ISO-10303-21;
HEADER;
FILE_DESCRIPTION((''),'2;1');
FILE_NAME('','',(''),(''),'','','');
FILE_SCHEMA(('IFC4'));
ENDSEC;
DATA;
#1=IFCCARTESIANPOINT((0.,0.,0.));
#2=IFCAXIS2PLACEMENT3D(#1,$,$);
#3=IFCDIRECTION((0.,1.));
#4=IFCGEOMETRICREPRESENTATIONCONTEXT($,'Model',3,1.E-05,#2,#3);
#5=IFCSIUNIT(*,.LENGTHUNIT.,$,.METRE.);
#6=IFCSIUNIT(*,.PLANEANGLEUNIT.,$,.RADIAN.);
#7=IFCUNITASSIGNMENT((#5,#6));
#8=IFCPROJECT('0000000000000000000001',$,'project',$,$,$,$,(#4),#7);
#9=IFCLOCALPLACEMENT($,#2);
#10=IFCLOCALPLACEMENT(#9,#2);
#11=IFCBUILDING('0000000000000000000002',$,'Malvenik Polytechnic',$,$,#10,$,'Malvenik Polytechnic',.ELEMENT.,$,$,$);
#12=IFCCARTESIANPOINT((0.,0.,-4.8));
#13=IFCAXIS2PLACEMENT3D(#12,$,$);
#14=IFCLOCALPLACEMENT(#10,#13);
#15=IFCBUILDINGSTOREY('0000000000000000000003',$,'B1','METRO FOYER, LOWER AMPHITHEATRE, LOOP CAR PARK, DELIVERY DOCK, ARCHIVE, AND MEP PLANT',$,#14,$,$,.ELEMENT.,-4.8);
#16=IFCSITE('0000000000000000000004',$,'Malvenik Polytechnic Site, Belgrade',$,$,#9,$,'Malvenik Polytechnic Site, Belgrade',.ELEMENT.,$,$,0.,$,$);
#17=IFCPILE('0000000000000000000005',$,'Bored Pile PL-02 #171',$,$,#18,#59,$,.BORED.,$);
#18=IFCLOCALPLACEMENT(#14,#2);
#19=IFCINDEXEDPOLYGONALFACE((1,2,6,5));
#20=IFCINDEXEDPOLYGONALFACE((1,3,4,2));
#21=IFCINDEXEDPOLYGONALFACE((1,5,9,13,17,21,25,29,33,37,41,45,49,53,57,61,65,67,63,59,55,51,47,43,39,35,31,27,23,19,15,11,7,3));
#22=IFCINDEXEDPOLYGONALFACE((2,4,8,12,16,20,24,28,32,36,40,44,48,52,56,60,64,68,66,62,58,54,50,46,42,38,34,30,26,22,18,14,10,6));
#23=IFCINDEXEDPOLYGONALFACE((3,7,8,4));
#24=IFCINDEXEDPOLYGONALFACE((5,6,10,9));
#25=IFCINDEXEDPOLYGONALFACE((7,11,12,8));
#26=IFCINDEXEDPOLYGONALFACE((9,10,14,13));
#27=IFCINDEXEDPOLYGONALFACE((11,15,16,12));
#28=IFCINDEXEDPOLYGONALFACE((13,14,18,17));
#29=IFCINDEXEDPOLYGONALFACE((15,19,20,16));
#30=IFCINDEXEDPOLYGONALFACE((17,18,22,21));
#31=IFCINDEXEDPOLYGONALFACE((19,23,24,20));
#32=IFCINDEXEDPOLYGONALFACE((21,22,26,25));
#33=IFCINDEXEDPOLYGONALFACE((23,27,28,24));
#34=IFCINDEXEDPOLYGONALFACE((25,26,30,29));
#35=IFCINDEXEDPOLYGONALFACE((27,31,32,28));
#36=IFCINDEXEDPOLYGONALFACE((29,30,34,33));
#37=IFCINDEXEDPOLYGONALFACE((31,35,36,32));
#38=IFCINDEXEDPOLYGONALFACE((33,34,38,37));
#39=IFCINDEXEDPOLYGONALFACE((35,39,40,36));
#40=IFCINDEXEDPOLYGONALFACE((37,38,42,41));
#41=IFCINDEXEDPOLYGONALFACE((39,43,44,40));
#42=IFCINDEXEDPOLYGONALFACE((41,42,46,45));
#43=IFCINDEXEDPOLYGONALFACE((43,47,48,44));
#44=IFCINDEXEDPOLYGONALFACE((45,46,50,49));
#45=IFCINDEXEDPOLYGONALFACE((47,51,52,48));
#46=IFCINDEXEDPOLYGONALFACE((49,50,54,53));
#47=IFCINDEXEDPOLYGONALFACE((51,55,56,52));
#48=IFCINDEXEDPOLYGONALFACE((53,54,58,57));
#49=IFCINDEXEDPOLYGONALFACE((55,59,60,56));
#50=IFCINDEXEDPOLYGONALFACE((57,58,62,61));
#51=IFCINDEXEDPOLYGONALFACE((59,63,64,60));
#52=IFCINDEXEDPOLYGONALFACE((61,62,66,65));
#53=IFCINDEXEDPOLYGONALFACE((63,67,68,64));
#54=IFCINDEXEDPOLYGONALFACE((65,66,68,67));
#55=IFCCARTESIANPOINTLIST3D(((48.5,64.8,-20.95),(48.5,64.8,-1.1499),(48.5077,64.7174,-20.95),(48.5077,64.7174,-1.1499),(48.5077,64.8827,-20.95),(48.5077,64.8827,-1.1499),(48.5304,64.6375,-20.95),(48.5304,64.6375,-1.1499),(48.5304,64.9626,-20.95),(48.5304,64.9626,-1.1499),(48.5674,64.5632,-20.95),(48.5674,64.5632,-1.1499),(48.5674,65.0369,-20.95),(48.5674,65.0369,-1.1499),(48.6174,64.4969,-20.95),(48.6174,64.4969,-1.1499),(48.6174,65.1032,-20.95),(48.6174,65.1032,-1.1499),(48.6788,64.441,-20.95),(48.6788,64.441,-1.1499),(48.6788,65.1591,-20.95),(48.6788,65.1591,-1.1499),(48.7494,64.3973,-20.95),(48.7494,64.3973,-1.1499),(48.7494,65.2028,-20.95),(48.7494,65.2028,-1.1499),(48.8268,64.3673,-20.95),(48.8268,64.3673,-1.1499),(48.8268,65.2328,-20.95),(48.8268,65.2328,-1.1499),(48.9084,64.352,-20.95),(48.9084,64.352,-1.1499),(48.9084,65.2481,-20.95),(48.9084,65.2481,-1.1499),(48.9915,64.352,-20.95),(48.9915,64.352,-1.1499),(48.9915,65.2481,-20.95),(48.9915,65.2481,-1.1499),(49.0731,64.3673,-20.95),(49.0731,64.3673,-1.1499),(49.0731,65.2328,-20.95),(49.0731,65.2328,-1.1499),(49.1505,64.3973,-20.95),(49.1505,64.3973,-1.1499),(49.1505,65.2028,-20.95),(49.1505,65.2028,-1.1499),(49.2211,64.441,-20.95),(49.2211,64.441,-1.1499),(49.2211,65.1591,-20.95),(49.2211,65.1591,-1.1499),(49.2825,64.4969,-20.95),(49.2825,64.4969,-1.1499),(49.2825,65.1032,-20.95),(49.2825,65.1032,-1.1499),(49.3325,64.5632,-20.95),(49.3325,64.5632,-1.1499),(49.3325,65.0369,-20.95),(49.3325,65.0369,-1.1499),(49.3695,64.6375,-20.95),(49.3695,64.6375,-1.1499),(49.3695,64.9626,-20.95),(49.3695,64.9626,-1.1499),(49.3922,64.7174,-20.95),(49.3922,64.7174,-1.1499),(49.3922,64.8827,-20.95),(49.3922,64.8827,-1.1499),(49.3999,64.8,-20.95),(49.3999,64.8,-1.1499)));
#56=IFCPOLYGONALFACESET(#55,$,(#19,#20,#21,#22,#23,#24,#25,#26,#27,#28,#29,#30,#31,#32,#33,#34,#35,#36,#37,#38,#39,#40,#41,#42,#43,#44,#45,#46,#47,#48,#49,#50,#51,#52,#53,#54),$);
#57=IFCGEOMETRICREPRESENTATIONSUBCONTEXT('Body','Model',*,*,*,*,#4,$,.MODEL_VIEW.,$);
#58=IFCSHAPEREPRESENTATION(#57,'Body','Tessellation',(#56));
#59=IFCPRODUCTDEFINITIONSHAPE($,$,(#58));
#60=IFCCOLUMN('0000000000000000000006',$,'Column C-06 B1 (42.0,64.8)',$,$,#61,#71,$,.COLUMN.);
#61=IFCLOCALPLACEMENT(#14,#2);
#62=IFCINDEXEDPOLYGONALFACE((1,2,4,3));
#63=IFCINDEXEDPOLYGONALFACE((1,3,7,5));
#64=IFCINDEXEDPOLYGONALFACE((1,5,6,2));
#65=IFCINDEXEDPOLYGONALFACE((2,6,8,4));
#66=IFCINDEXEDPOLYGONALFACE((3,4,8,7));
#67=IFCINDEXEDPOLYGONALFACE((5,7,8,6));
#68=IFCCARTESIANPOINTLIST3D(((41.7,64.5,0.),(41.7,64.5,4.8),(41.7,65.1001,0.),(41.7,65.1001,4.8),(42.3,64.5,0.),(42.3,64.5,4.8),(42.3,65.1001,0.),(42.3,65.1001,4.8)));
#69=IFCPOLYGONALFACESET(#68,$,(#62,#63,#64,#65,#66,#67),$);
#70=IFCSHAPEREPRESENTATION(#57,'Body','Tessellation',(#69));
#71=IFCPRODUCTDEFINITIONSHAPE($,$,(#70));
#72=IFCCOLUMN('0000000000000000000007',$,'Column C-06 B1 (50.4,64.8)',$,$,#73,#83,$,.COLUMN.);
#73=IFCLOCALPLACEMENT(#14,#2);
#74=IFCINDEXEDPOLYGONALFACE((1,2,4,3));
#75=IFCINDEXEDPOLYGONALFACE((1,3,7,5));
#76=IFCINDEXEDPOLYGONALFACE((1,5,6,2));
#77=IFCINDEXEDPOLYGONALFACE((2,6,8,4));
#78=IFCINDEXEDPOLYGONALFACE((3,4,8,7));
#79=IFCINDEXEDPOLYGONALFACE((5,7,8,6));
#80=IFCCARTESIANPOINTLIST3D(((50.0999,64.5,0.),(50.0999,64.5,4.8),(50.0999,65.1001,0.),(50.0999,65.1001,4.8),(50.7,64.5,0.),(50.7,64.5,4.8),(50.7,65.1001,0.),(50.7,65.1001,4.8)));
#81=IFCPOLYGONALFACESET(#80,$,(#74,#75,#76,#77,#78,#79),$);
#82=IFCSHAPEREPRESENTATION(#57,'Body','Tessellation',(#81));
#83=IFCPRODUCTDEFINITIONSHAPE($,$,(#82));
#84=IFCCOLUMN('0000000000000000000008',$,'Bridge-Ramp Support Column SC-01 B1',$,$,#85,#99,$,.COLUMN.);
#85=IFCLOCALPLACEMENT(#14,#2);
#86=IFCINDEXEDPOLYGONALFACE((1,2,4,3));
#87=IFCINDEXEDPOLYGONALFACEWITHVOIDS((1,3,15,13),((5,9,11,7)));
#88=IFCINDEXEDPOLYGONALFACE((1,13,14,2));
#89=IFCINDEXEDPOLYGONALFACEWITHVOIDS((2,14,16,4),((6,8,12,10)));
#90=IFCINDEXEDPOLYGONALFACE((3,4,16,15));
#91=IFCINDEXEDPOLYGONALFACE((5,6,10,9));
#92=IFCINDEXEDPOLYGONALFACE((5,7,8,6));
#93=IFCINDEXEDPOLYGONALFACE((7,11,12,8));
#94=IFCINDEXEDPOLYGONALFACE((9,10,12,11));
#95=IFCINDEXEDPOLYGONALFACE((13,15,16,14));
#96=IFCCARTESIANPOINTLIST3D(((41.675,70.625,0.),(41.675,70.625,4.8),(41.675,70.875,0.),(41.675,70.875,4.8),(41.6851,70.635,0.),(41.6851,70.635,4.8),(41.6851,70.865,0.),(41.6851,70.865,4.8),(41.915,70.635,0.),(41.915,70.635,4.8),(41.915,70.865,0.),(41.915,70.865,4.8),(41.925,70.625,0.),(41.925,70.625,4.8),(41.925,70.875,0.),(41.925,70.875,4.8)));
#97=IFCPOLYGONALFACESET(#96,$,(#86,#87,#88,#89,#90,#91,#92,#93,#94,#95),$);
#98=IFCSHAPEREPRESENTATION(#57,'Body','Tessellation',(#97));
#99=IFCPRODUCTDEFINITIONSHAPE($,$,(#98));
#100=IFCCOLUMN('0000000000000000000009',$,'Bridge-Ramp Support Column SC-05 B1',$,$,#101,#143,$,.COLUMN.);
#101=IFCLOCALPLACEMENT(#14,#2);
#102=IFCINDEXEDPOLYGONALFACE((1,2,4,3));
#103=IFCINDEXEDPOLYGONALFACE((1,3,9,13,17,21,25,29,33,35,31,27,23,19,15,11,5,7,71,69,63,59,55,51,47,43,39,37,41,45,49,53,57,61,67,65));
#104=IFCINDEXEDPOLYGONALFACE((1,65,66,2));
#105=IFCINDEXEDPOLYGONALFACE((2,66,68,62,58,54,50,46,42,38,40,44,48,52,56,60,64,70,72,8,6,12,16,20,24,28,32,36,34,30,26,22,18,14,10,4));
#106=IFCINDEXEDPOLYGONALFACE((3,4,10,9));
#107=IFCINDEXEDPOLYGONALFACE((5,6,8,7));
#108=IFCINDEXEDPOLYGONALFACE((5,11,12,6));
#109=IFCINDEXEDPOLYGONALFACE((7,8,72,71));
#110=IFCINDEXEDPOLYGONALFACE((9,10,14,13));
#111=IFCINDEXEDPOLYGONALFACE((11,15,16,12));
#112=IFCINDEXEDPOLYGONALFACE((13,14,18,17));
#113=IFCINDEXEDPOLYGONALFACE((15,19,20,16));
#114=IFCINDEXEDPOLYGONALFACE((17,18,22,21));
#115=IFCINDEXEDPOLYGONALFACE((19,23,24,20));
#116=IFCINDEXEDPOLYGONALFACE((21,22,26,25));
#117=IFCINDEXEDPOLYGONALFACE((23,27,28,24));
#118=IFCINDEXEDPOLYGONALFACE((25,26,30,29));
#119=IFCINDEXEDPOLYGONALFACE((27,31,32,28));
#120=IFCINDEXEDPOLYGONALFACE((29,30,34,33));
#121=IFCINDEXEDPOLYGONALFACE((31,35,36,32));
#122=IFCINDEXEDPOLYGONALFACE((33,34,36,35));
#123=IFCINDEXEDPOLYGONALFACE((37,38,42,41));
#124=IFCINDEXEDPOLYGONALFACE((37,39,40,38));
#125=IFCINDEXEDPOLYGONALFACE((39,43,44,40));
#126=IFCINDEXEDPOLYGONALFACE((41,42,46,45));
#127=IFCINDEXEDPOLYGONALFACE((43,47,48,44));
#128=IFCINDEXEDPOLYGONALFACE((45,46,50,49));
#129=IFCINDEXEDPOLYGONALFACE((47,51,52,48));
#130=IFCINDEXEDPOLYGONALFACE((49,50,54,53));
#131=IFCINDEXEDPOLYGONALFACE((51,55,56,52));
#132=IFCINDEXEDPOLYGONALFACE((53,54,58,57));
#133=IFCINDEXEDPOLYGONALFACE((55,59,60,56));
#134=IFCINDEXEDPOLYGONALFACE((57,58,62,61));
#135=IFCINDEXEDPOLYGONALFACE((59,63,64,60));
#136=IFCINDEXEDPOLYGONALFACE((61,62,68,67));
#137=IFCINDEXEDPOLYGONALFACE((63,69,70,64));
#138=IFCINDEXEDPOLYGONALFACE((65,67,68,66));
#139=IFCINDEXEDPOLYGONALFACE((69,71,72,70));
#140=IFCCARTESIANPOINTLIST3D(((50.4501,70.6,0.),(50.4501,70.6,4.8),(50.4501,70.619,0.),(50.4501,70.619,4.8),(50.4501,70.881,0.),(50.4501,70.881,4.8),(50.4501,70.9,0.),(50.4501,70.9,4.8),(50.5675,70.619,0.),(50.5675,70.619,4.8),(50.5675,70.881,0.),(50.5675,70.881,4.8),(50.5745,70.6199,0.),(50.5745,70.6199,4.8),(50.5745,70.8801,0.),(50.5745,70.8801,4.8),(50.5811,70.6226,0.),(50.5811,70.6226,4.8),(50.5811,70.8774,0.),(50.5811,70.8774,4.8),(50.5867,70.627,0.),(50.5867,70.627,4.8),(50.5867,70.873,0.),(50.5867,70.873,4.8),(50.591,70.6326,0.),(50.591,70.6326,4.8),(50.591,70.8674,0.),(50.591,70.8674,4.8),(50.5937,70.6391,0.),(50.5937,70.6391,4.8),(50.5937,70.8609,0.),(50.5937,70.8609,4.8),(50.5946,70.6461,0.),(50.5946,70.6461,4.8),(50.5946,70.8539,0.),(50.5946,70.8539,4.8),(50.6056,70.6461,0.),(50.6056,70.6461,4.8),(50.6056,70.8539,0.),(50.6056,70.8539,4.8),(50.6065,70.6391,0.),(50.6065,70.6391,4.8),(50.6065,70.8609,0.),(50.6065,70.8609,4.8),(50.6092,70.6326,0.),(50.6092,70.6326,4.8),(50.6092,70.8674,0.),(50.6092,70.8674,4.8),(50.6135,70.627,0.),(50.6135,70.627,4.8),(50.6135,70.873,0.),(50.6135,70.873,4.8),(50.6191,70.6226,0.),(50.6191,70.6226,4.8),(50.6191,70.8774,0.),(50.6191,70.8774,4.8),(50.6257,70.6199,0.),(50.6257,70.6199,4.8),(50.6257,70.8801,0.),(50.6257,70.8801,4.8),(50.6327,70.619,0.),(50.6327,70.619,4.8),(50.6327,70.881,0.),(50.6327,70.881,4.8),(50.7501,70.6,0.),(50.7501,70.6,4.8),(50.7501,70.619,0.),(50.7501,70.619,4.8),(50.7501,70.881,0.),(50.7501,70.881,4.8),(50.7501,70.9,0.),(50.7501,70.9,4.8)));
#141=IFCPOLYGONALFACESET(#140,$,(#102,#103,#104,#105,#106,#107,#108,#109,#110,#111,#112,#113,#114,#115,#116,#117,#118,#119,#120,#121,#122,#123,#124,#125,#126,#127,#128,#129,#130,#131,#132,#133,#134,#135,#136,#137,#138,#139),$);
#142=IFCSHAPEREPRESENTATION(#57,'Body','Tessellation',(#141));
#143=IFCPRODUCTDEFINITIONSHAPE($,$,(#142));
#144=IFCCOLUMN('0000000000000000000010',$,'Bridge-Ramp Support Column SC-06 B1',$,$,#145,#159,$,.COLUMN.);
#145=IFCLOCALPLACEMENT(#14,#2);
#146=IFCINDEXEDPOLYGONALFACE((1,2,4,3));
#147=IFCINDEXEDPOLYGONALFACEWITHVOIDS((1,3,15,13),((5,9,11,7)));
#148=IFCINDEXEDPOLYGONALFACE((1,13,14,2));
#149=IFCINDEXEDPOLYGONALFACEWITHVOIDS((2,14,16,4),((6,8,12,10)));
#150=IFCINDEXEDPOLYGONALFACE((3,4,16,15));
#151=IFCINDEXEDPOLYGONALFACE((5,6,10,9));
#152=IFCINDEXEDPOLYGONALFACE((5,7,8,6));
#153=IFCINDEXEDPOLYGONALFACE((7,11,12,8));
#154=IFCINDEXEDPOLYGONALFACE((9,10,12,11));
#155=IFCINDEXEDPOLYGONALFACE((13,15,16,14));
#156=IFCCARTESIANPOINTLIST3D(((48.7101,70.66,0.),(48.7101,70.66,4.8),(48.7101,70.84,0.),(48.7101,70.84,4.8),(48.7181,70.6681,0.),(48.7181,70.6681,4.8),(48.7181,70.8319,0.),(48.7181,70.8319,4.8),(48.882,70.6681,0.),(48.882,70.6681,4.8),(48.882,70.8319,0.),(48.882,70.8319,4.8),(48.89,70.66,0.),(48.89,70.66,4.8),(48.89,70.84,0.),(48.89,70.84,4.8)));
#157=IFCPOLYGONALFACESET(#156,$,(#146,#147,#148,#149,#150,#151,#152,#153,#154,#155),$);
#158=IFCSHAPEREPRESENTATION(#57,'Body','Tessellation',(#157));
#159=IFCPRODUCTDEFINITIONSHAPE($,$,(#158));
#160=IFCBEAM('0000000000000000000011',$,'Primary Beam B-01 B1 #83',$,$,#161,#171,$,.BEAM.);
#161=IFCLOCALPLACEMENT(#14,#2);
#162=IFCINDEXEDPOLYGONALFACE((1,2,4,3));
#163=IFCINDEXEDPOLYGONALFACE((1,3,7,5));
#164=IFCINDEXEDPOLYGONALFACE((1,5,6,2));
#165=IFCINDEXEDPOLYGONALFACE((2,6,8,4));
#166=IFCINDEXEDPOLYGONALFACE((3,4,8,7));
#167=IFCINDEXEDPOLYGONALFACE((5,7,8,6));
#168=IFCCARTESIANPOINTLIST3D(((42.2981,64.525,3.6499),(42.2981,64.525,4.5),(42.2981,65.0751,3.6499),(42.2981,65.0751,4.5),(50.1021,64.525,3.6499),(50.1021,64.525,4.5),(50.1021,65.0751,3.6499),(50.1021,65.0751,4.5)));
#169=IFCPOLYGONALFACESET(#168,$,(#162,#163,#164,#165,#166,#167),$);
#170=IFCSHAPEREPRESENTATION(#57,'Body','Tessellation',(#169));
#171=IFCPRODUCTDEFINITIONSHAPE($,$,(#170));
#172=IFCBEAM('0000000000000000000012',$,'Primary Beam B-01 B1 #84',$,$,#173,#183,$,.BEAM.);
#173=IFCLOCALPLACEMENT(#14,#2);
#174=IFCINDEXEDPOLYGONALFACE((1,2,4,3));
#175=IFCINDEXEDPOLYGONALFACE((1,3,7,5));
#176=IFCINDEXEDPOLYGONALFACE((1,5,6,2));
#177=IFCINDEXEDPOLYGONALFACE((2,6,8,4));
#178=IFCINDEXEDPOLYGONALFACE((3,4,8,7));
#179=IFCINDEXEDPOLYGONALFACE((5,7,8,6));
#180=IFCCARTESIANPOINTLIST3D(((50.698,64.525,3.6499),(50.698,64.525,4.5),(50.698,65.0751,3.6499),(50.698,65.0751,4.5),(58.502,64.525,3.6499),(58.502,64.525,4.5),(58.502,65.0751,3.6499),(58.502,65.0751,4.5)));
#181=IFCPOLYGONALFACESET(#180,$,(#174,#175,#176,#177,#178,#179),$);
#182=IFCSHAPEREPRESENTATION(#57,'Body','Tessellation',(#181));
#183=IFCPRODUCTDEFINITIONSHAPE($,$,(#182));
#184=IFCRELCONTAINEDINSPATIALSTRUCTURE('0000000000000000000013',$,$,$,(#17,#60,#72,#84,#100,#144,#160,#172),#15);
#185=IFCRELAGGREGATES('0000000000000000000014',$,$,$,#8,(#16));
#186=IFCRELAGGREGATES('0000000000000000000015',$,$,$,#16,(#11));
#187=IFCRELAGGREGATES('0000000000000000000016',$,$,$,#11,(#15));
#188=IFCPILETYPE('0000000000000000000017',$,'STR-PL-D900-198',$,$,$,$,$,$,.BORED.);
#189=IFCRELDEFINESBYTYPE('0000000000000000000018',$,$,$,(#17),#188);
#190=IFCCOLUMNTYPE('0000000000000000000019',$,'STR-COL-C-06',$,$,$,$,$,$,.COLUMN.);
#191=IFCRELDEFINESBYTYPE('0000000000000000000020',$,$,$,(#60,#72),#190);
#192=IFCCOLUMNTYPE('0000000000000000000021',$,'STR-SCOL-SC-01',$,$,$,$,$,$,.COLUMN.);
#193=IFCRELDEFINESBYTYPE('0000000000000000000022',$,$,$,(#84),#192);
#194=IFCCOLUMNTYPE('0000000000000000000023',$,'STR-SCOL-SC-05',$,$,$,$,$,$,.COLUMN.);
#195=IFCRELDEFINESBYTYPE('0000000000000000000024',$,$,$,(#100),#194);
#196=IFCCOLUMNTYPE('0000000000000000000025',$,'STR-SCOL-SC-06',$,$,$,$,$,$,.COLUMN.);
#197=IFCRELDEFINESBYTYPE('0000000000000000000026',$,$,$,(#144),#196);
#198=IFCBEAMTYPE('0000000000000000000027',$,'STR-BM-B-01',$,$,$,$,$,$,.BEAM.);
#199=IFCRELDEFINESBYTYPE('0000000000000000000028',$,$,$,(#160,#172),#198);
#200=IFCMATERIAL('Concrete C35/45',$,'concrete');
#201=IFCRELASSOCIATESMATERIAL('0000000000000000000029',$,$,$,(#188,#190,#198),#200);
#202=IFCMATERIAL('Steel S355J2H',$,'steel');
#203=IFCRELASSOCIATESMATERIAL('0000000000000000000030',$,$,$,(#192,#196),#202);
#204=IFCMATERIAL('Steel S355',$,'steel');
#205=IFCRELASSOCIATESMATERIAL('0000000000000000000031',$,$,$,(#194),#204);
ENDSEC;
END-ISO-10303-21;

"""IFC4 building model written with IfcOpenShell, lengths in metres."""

from ifc_helpers import new_model, si_unit, direction, frame, origin, origin_2d, place, context, subcontext, project, spatial, rectangle, hollow_rectangle, circle, i_section, extrude, material, material_profile, profile_set, type_object, element, save


model = new_model("IFC4")

# Units and contexts
model_context = context("Model", 3, precision=1e-05, world=origin(), true_north=direction((0.0, 1.0)))
body_context = subcontext(model_context, "Body", "Model", "MODEL_VIEW")
ifc_project = project(units=[si_unit("LENGTHUNIT", "METRE"), si_unit("PLANEANGLEUNIT", "RADIAN")], contexts=[model_context])

# Site, building, storey
site_placement = place(None, origin())
site = spatial("IfcSite", under=ifc_project, at=site_placement, Name="Malvenik Polytechnic Site, Belgrade", LongName="Malvenik Polytechnic Site, Belgrade", CompositionType="ELEMENT", RefElevation=0.0)
building_placement = place(site_placement, origin())
building = spatial("IfcBuilding", under=site, at=building_placement, Name="Malvenik Polytechnic", LongName="Malvenik Polytechnic", CompositionType="ELEMENT")
storey_placement = place(building_placement, frame((0.0, 0.0, -4.8)))
storey = spatial("IfcBuildingStorey", under=building, at=storey_placement, Name="B1", Description="METRO FOYER, LOWER AMPHITHEATRE, LOOP CAR PARK, DELIVERY DOCK, ARCHIVE, AND MEP PLANT", CompositionType="ELEMENT", Elevation=-4.8)

# Shared definitions
ifc_material_1 = material(Name="Concrete C35/45", Category="concrete")

# Pile
ifc_material_profile_1 = material_profile(ifc_material_1, circle(Radius=0.45, at=origin_2d()), Name="BORED PILE D900")
ifc_profile_set_1 = profile_set([ifc_material_profile_1], Name="Concrete C35/45")
pile_type = type_object("IfcPileType", Name="STR-PL-D900-198", PredefinedType="BORED", material=ifc_profile_set_1)
for number, where, z_axis, x_axis, name in (
    (1, (48.95, 64.8, -1.1499), (0.0, 0.0, -1.0), (1.0, 0.0, 0.0), "Bored Pile PL-02 #171"),
):
    element("IfcPile", number, at=place(storey_placement, frame(where, z_axis=z_axis, x_axis=x_axis)), inside=storey, type_object=pile_type, Name=name, PredefinedType="BORED", context=body_context, shape_type="SweptSolid", body=[
        extrude(circle(Radius=0.45, at=origin_2d()), origin(), (0.0, 0.0, 1.0), 19.8),
    ])

# Columns
ifc_material_profile_2 = material_profile(ifc_material_1, rectangle(XDim=0.6001, YDim=0.6001, at=origin_2d()), Name="RC COL 600x600")
ifc_profile_set_2 = profile_set([ifc_material_profile_2], Name="Concrete C35/45")
column_type_1 = type_object("IfcColumnType", Name="STR-COL-C-06", PredefinedType="COLUMN", material=ifc_profile_set_2)
for number, where, z_axis, x_axis, name in (
    (2, (42.0, 64.8, 0.0), (0.0, 0.0, 1.0), (1.0, 0.0, 0.0), "Column C-06 B1 (42.0,64.8)"),
    (3, (50.3999, 64.8, 0.0), (0.0, 0.0, 1.0), (1.0, 0.0, 0.0), "Column C-06 B1 (50.4,64.8)"),
):
    element("IfcColumn", number, at=place(storey_placement, frame(where, z_axis=z_axis, x_axis=x_axis)), inside=storey, type_object=column_type_1, Name=name, PredefinedType="COLUMN", context=body_context, shape_type="SweptSolid", body=[
        extrude(rectangle(XDim=0.6001, YDim=0.6001, at=origin_2d()), origin(), (0.0, 0.0, 1.0), 4.8),
    ])
ifc_material_2 = material(Name="Steel S355J2H", Category="steel")
ifc_material_profile_3 = material_profile(ifc_material_2, hollow_rectangle(XDim=0.25, YDim=0.25, WallThickness=0.01, at=origin_2d()), Name="SHS 250x250x10.0")
ifc_profile_set_3 = profile_set([ifc_material_profile_3], Name="Steel S355J2H")
column_type_2 = type_object("IfcColumnType", Name="STR-SCOL-SC-01", PredefinedType="COLUMN", material=ifc_profile_set_3)
column_1_placement = place(storey_placement, frame((41.8, 70.75, 0.0), z_axis=(0.0, 0.0, 1.0), x_axis=(1.0, 0.0, 0.0)))
element("IfcColumn", 4, at=column_1_placement, inside=storey, type_object=column_type_2, Name="Bridge-Ramp Support Column SC-01 B1", PredefinedType="COLUMN", context=body_context, shape_type="SweptSolid", body=[
    extrude(hollow_rectangle(XDim=0.25, YDim=0.25, WallThickness=0.01, at=origin_2d()), origin(), (0.0, 0.0, 1.0), 4.8),
])
ifc_material_3 = material(Name="Steel S355", Category="steel")
ifc_material_profile_4 = material_profile(ifc_material_3, i_section(OverallWidth=0.3, OverallDepth=0.3, WebThickness=0.011, FlangeThickness=0.019, FilletRadius=0.0271, at=origin_2d()), Name="HEB 300")
ifc_profile_set_4 = profile_set([ifc_material_profile_4], Name="Steel S355")
column_type_3 = type_object("IfcColumnType", Name="STR-SCOL-SC-05", PredefinedType="COLUMN", material=ifc_profile_set_4)
column_2_placement = place(storey_placement, frame((50.6001, 70.75, 0.0), z_axis=(0.0, 0.0, 1.0), x_axis=(1.0, 0.0, 0.0)))
element("IfcColumn", 5, at=column_2_placement, inside=storey, type_object=column_type_3, Name="Bridge-Ramp Support Column SC-05 B1", PredefinedType="COLUMN", context=body_context, shape_type="SweptSolid", body=[
    extrude(i_section(OverallWidth=0.3, OverallDepth=0.3, WebThickness=0.011, FlangeThickness=0.019, FilletRadius=0.0271, at=origin_2d()), origin(), (0.0, 0.0, 1.0), 4.8),
])
ifc_material_profile_5 = material_profile(ifc_material_2, hollow_rectangle(XDim=0.1799, YDim=0.1799, WallThickness=0.0081, at=origin_2d()), Name="SHS 180x180x8.0")
ifc_profile_set_5 = profile_set([ifc_material_profile_5], Name="Steel S355J2H")
column_type_4 = type_object("IfcColumnType", Name="STR-SCOL-SC-06", PredefinedType="COLUMN", material=ifc_profile_set_5)
column_3_placement = place(storey_placement, frame((48.8, 70.75, 0.0), z_axis=(0.0, 0.0, 1.0), x_axis=(1.0, 0.0, 0.0)))
element("IfcColumn", 6, at=column_3_placement, inside=storey, type_object=column_type_4, Name="Bridge-Ramp Support Column SC-06 B1", PredefinedType="COLUMN", context=body_context, shape_type="SweptSolid", body=[
    extrude(hollow_rectangle(XDim=0.1799, YDim=0.1799, WallThickness=0.0081, at=origin_2d()), origin(), (0.0, 0.0, 1.0), 4.8),
])

# Beams
ifc_material_profile_6 = material_profile(ifc_material_1, rectangle(XDim=0.55, YDim=0.8501, at=origin_2d()), Name="RC BM 550x850")
ifc_profile_set_6 = profile_set([ifc_material_profile_6], Name="Concrete C35/45")
beam_type_1 = type_object("IfcBeamType", Name="STR-BM-B-01", PredefinedType="BEAM", material=ifc_profile_set_6)
for number, where, z_axis, x_axis, name in (
    (7, (42.2981, 64.8, 4.075), (1.0, 0.0, 0.0), (0.0, 1.0, 0.0), "Primary Beam B-01 B1 #83"),
    (8, (50.698, 64.8, 4.075), (1.0, 0.0, 0.0), (0.0, 1.0, 0.0), "Primary Beam B-01 B1 #84"),
):
    element("IfcBeam", number, at=place(storey_placement, frame(where, z_axis=z_axis, x_axis=x_axis)), inside=storey, type_object=beam_type_1, Name=name, PredefinedType="BEAM", context=body_context, shape_type="SweptSolid", body=[
        extrude(rectangle(XDim=0.55, YDim=0.8501, at=origin_2d()), origin(), (0.0, 0.0, 1.0), 7.804),
    ])

save(model, "model.ifc")
